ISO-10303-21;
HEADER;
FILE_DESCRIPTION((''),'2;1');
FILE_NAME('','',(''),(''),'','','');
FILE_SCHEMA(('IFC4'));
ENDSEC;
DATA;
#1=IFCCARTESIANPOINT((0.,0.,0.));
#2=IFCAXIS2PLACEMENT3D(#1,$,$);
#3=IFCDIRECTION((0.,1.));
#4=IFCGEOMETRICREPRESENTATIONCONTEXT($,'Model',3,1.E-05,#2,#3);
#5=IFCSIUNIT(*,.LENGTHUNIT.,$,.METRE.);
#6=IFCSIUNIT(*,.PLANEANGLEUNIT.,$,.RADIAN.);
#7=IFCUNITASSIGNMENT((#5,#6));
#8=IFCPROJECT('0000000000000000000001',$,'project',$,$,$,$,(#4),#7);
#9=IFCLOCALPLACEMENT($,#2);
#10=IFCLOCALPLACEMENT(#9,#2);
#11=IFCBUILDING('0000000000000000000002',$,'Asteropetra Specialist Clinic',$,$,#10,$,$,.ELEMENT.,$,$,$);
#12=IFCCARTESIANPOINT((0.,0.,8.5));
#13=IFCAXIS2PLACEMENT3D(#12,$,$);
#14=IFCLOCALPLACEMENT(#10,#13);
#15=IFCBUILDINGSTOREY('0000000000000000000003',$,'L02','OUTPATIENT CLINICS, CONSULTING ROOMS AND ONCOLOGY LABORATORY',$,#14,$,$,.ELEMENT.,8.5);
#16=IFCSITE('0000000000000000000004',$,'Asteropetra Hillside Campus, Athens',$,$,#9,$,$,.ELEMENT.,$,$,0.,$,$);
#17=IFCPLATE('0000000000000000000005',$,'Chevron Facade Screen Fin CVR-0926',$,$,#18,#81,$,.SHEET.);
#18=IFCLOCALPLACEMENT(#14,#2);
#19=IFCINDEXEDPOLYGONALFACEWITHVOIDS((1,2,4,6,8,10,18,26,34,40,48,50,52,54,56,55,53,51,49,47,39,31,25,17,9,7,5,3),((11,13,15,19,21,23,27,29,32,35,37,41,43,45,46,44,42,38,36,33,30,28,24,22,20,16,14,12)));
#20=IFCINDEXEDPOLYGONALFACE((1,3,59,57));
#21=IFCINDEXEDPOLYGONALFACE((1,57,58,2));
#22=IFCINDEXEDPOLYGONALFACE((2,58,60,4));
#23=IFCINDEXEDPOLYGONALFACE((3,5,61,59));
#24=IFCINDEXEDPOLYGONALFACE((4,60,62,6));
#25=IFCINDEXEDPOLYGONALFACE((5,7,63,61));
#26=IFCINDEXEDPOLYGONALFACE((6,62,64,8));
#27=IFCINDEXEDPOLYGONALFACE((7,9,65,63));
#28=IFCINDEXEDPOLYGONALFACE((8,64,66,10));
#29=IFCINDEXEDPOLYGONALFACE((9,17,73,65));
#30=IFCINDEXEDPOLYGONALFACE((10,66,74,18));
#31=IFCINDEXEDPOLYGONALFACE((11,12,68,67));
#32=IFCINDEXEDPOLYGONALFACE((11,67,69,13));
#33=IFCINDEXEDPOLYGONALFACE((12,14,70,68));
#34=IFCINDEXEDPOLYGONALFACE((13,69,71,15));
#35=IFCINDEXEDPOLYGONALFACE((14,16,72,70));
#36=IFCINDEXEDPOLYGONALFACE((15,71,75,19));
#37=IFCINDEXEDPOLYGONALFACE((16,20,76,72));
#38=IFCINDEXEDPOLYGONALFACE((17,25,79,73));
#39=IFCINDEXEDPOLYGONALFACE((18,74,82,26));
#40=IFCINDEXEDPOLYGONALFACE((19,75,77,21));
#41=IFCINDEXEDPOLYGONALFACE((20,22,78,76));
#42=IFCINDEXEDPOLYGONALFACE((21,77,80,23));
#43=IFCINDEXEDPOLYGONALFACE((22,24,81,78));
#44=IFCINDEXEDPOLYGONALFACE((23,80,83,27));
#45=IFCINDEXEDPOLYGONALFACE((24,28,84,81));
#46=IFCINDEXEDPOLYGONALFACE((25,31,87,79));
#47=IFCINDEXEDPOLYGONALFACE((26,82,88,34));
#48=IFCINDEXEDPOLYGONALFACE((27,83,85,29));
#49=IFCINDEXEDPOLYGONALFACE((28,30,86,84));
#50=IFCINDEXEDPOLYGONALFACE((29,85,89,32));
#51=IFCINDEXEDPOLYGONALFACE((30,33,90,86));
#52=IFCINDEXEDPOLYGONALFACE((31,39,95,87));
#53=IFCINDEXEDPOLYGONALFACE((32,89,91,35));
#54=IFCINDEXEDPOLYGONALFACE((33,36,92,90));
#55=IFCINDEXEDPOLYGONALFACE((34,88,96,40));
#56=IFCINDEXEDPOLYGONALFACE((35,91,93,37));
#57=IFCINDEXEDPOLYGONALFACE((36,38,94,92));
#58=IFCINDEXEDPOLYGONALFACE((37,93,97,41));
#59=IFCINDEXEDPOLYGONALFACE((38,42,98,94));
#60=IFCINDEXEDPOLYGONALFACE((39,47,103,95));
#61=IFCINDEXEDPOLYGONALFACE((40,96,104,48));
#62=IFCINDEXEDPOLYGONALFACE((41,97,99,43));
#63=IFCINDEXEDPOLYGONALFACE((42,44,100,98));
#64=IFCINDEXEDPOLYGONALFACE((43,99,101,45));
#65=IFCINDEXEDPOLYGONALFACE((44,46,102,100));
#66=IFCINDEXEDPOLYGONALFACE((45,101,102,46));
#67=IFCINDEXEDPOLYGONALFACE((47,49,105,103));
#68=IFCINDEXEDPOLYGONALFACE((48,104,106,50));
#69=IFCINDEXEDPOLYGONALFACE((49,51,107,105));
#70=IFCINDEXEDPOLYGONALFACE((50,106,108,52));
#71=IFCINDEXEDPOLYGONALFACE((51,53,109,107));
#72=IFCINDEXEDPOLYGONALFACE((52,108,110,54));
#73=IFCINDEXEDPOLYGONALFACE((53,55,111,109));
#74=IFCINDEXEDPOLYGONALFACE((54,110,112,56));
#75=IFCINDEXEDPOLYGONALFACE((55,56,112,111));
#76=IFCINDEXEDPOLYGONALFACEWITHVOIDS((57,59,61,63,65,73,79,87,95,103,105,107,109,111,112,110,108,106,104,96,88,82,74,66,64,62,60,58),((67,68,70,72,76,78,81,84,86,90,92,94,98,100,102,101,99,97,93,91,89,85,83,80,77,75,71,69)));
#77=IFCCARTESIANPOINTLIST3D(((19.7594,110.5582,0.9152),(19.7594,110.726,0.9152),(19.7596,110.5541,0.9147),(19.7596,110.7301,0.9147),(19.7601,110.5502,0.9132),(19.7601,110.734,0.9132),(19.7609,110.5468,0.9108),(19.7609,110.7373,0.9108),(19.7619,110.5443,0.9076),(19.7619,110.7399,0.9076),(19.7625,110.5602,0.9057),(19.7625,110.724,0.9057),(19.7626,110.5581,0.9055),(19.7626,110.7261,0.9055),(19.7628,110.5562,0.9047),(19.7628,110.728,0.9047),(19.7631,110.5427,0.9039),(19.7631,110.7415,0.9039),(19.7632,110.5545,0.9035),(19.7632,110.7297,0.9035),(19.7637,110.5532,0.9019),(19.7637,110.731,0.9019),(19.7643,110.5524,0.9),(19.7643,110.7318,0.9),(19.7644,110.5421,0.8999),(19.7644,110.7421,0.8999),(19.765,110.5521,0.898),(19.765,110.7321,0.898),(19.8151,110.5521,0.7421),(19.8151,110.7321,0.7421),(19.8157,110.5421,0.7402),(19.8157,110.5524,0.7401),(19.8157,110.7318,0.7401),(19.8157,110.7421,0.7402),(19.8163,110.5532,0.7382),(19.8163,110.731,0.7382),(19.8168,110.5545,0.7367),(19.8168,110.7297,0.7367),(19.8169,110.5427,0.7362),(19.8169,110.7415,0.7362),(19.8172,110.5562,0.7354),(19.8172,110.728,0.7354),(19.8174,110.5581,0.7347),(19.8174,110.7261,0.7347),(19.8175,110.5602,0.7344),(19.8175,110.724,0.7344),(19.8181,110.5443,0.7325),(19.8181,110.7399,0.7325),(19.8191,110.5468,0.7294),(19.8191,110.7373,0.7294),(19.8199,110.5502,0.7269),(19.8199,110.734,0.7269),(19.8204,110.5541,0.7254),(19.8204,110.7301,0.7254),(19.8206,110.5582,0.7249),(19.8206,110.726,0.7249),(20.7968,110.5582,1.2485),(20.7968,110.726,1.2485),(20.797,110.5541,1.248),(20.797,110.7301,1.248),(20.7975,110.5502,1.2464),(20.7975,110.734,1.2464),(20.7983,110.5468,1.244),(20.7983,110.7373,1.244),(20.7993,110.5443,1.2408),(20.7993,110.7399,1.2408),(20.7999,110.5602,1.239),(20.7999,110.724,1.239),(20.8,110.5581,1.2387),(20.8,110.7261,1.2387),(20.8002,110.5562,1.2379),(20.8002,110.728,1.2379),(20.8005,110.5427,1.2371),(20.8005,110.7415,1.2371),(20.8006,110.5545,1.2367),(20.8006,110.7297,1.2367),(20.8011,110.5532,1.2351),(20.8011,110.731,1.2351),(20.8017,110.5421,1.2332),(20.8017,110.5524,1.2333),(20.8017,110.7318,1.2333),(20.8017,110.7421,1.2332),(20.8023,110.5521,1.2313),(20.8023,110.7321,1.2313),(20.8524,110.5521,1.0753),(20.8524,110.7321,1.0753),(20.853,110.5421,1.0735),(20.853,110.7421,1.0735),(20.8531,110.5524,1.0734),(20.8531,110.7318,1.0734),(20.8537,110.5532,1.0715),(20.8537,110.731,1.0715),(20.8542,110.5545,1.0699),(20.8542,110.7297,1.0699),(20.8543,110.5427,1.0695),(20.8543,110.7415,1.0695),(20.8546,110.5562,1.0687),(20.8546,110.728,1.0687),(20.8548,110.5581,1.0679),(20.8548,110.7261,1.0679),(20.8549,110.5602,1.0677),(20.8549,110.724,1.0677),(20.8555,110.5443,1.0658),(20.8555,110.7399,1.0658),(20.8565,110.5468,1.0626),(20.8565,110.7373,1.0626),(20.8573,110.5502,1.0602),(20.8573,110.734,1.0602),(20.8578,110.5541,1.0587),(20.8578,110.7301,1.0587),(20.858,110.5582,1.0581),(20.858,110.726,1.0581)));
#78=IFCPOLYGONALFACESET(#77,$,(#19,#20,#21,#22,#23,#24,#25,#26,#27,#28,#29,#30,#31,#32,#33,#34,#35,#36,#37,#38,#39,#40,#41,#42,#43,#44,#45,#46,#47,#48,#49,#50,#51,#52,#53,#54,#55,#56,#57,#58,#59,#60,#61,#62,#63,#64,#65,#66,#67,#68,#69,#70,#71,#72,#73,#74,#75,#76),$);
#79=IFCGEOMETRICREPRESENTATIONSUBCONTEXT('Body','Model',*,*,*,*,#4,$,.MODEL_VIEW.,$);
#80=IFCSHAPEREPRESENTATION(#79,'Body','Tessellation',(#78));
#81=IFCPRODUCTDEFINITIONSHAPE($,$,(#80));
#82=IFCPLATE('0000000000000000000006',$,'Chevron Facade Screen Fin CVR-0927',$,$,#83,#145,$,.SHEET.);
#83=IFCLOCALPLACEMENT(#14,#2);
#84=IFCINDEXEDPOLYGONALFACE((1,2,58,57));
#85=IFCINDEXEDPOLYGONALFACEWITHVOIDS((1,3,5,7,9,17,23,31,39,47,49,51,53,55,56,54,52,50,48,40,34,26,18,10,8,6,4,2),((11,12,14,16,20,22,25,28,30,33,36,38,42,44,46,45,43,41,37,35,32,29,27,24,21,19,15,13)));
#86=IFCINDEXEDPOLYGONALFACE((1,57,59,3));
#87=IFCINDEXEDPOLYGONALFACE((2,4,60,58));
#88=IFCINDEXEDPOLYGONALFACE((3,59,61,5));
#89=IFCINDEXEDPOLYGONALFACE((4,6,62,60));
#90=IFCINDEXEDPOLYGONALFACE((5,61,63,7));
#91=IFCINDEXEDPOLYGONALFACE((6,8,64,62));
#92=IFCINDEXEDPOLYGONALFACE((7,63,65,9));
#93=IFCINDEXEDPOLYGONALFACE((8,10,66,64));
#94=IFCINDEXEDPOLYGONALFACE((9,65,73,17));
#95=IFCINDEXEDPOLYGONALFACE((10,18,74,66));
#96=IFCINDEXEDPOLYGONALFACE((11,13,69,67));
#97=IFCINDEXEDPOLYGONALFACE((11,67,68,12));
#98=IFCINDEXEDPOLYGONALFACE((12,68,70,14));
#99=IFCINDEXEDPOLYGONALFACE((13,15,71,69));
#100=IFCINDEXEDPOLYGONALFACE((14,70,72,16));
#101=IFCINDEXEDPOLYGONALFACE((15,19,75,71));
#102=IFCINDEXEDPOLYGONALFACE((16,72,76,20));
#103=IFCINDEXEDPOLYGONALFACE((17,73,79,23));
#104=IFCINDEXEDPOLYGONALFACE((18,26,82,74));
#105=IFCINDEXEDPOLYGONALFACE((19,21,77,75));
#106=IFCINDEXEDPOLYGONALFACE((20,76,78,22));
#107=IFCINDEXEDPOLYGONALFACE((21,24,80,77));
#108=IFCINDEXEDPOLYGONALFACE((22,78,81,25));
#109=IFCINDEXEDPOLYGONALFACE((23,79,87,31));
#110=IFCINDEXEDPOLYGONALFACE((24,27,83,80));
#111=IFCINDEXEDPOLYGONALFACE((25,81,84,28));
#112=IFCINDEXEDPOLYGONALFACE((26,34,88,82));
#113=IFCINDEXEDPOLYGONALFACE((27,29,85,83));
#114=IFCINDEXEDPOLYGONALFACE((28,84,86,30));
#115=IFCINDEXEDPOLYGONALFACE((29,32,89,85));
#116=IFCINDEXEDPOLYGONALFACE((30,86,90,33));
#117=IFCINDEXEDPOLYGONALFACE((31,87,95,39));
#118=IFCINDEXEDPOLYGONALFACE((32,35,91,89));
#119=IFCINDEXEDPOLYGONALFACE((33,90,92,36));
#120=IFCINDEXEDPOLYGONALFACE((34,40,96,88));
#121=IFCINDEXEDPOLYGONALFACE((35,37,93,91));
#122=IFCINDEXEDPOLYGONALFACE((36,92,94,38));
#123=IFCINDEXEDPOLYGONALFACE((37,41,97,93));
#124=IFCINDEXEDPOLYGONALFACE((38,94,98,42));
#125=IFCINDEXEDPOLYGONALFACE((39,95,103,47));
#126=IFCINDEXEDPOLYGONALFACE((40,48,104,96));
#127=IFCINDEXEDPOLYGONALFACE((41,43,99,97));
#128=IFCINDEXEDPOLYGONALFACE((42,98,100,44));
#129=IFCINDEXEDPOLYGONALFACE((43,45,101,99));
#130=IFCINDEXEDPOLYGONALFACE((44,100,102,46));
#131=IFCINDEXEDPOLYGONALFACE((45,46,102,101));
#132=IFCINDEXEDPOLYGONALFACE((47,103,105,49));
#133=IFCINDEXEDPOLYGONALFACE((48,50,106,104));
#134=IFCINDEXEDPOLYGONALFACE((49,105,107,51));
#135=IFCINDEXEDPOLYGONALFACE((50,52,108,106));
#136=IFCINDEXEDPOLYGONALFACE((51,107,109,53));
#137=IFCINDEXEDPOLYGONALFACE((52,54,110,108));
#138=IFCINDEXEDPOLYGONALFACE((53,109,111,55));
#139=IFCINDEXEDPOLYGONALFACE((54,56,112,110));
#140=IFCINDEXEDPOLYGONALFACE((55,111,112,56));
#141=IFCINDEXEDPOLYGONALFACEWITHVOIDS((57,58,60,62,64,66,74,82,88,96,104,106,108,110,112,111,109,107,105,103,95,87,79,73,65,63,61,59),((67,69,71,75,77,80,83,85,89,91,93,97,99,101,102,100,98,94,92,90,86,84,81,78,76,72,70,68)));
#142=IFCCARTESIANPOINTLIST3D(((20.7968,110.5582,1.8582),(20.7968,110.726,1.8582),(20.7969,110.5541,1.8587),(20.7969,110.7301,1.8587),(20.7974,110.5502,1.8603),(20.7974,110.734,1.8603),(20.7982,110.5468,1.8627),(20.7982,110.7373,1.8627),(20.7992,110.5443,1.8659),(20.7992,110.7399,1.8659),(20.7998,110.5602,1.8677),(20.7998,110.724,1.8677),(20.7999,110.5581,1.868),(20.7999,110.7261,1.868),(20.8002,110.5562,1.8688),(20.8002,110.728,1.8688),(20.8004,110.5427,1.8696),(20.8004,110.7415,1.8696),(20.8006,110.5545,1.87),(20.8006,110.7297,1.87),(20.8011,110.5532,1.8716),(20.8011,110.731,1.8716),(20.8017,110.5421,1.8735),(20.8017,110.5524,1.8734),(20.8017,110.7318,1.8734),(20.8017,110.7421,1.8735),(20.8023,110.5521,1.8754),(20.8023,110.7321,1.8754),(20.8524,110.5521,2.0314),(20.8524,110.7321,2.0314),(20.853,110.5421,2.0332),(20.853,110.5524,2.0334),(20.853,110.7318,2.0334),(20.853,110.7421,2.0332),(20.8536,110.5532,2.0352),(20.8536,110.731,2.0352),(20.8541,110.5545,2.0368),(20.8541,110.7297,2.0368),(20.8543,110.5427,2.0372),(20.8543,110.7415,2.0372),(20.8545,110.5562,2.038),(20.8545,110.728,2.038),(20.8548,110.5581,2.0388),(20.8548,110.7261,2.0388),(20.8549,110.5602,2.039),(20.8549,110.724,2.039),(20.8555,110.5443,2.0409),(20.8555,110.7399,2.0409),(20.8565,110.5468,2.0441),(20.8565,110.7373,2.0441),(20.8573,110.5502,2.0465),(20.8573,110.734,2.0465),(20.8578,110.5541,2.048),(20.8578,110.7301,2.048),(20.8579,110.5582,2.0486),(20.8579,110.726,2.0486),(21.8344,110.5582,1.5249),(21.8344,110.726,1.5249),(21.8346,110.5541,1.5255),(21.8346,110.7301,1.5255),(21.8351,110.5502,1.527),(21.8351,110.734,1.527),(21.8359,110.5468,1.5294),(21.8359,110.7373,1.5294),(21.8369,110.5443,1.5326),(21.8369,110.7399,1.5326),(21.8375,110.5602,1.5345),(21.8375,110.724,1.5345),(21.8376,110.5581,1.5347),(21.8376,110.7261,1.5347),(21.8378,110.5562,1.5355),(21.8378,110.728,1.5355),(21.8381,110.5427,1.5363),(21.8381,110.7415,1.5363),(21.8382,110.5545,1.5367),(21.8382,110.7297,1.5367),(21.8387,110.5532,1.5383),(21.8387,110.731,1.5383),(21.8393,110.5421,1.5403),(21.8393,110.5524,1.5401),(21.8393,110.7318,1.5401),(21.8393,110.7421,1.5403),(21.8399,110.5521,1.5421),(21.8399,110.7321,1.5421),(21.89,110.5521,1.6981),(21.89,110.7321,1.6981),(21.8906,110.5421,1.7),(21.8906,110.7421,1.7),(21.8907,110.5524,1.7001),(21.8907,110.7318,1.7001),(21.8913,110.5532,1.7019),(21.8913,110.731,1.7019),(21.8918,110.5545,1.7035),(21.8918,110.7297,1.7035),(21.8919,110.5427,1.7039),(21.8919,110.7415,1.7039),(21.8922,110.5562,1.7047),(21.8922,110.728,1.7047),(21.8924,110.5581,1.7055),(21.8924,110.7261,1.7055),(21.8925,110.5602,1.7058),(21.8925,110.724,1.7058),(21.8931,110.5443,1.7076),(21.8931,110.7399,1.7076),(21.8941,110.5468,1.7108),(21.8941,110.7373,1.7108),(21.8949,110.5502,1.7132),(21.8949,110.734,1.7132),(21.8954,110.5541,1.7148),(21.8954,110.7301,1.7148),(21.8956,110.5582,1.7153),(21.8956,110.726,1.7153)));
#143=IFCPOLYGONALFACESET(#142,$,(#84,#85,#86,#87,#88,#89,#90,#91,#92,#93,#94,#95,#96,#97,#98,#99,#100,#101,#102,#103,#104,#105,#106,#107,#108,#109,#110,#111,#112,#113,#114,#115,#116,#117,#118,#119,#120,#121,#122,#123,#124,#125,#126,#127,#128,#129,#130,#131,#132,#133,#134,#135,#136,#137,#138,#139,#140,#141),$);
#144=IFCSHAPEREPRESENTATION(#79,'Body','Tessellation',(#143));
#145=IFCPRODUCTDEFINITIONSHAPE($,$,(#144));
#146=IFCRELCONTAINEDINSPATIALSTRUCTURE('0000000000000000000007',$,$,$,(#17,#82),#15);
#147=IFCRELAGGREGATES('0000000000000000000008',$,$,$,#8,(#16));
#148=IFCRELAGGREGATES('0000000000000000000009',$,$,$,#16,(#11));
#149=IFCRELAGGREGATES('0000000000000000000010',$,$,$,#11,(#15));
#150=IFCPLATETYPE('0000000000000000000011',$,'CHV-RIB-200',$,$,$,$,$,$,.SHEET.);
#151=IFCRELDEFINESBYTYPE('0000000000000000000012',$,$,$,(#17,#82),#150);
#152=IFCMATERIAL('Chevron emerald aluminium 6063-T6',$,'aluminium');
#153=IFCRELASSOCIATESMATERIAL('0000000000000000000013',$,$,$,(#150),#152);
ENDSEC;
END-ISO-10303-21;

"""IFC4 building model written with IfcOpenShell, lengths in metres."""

from ifc_helpers import new_model, si_unit, direction, frame, origin, origin_2d, place, context, subcontext, project, spatial, hollow_rectangle, extrude, material, material_profile, profile_set, type_object, element, save


model = new_model("IFC4")

# Units and contexts
model_context = context("Model", 3, precision=1e-05, world=origin(), true_north=direction((0.0, 1.0)))
body_context = subcontext(model_context, "Body", "Model", "MODEL_VIEW")
ifc_project = project(units=[si_unit("LENGTHUNIT", "METRE"), si_unit("PLANEANGLEUNIT", "RADIAN")], contexts=[model_context])

# Site, building, storey
site_placement = place(None, origin())
site = spatial("IfcSite", under=ifc_project, at=site_placement, Name="Asteropetra Hillside Campus, Athens", CompositionType="ELEMENT", RefElevation=0.0)
building_placement = place(site_placement, origin())
building = spatial("IfcBuilding", under=site, at=building_placement, Name="Asteropetra Specialist Clinic", CompositionType="ELEMENT")
storey_placement = place(building_placement, frame((0.0, 0.0, 8.5)))
storey = spatial("IfcBuildingStorey", under=building, at=storey_placement, Name="L02", Description="OUTPATIENT CLINICS, CONSULTING ROOMS AND ONCOLOGY LABORATORY", CompositionType="ELEMENT", Elevation=8.5)

# Plates
ifc_material = material(Name="Chevron emerald aluminium 6063-T6", Category="aluminium")
ifc_material_profile = material_profile(ifc_material, hollow_rectangle(XDim=0.2, YDim=0.2, WallThickness=0.01, InnerFilletRadius=0.0081, OuterFilletRadius=0.0161, at=origin_2d()), Name="SHS 200x200x10.0")
ifc_profile_set = profile_set([ifc_material_profile], Name="Chevron emerald aluminium 6063-T6")
plate_type = type_object("IfcPlateType", Name="CHV-RIB-200", PredefinedType="SHEET", material=ifc_profile_set)
plate_1_placement = place(storey_placement, frame((20.8274, 110.6421, 1.1533), z_axis=(-0.952078, 0.0, -0.305857), x_axis=(0.0, -1.0, 0.0)))
element("IfcPlate", 1, at=plate_1_placement, inside=storey, type_object=plate_type, Name="Chevron Facade Screen Fin CVR-0926", PredefinedType="SHEET", context=body_context, shape_type="SweptSolid", body=[
    extrude(hollow_rectangle(XDim=0.2, YDim=0.2, WallThickness=0.01, InnerFilletRadius=0.0081, OuterFilletRadius=0.0161, at=origin_2d()), origin(), (0.0, 0.0, 1.0), 1.0896),
])
plate_2_placement = place(storey_placement, frame((21.865, 110.6421, 1.6201), z_axis=(-0.952098, 0.0, 0.305792), x_axis=(0.0, -1.0, 0.0)))
element("IfcPlate", 2, at=plate_2_placement, inside=storey, type_object=plate_type, Name="Chevron Facade Screen Fin CVR-0927", PredefinedType="SHEET", context=body_context, shape_type="SweptSolid", body=[
    extrude(hollow_rectangle(XDim=0.2, YDim=0.2, WallThickness=0.01, InnerFilletRadius=0.0081, OuterFilletRadius=0.0161, at=origin_2d()), origin(), (0.0, 0.0, 1.0), 1.0898),
])

save(model, "model.ifc")
